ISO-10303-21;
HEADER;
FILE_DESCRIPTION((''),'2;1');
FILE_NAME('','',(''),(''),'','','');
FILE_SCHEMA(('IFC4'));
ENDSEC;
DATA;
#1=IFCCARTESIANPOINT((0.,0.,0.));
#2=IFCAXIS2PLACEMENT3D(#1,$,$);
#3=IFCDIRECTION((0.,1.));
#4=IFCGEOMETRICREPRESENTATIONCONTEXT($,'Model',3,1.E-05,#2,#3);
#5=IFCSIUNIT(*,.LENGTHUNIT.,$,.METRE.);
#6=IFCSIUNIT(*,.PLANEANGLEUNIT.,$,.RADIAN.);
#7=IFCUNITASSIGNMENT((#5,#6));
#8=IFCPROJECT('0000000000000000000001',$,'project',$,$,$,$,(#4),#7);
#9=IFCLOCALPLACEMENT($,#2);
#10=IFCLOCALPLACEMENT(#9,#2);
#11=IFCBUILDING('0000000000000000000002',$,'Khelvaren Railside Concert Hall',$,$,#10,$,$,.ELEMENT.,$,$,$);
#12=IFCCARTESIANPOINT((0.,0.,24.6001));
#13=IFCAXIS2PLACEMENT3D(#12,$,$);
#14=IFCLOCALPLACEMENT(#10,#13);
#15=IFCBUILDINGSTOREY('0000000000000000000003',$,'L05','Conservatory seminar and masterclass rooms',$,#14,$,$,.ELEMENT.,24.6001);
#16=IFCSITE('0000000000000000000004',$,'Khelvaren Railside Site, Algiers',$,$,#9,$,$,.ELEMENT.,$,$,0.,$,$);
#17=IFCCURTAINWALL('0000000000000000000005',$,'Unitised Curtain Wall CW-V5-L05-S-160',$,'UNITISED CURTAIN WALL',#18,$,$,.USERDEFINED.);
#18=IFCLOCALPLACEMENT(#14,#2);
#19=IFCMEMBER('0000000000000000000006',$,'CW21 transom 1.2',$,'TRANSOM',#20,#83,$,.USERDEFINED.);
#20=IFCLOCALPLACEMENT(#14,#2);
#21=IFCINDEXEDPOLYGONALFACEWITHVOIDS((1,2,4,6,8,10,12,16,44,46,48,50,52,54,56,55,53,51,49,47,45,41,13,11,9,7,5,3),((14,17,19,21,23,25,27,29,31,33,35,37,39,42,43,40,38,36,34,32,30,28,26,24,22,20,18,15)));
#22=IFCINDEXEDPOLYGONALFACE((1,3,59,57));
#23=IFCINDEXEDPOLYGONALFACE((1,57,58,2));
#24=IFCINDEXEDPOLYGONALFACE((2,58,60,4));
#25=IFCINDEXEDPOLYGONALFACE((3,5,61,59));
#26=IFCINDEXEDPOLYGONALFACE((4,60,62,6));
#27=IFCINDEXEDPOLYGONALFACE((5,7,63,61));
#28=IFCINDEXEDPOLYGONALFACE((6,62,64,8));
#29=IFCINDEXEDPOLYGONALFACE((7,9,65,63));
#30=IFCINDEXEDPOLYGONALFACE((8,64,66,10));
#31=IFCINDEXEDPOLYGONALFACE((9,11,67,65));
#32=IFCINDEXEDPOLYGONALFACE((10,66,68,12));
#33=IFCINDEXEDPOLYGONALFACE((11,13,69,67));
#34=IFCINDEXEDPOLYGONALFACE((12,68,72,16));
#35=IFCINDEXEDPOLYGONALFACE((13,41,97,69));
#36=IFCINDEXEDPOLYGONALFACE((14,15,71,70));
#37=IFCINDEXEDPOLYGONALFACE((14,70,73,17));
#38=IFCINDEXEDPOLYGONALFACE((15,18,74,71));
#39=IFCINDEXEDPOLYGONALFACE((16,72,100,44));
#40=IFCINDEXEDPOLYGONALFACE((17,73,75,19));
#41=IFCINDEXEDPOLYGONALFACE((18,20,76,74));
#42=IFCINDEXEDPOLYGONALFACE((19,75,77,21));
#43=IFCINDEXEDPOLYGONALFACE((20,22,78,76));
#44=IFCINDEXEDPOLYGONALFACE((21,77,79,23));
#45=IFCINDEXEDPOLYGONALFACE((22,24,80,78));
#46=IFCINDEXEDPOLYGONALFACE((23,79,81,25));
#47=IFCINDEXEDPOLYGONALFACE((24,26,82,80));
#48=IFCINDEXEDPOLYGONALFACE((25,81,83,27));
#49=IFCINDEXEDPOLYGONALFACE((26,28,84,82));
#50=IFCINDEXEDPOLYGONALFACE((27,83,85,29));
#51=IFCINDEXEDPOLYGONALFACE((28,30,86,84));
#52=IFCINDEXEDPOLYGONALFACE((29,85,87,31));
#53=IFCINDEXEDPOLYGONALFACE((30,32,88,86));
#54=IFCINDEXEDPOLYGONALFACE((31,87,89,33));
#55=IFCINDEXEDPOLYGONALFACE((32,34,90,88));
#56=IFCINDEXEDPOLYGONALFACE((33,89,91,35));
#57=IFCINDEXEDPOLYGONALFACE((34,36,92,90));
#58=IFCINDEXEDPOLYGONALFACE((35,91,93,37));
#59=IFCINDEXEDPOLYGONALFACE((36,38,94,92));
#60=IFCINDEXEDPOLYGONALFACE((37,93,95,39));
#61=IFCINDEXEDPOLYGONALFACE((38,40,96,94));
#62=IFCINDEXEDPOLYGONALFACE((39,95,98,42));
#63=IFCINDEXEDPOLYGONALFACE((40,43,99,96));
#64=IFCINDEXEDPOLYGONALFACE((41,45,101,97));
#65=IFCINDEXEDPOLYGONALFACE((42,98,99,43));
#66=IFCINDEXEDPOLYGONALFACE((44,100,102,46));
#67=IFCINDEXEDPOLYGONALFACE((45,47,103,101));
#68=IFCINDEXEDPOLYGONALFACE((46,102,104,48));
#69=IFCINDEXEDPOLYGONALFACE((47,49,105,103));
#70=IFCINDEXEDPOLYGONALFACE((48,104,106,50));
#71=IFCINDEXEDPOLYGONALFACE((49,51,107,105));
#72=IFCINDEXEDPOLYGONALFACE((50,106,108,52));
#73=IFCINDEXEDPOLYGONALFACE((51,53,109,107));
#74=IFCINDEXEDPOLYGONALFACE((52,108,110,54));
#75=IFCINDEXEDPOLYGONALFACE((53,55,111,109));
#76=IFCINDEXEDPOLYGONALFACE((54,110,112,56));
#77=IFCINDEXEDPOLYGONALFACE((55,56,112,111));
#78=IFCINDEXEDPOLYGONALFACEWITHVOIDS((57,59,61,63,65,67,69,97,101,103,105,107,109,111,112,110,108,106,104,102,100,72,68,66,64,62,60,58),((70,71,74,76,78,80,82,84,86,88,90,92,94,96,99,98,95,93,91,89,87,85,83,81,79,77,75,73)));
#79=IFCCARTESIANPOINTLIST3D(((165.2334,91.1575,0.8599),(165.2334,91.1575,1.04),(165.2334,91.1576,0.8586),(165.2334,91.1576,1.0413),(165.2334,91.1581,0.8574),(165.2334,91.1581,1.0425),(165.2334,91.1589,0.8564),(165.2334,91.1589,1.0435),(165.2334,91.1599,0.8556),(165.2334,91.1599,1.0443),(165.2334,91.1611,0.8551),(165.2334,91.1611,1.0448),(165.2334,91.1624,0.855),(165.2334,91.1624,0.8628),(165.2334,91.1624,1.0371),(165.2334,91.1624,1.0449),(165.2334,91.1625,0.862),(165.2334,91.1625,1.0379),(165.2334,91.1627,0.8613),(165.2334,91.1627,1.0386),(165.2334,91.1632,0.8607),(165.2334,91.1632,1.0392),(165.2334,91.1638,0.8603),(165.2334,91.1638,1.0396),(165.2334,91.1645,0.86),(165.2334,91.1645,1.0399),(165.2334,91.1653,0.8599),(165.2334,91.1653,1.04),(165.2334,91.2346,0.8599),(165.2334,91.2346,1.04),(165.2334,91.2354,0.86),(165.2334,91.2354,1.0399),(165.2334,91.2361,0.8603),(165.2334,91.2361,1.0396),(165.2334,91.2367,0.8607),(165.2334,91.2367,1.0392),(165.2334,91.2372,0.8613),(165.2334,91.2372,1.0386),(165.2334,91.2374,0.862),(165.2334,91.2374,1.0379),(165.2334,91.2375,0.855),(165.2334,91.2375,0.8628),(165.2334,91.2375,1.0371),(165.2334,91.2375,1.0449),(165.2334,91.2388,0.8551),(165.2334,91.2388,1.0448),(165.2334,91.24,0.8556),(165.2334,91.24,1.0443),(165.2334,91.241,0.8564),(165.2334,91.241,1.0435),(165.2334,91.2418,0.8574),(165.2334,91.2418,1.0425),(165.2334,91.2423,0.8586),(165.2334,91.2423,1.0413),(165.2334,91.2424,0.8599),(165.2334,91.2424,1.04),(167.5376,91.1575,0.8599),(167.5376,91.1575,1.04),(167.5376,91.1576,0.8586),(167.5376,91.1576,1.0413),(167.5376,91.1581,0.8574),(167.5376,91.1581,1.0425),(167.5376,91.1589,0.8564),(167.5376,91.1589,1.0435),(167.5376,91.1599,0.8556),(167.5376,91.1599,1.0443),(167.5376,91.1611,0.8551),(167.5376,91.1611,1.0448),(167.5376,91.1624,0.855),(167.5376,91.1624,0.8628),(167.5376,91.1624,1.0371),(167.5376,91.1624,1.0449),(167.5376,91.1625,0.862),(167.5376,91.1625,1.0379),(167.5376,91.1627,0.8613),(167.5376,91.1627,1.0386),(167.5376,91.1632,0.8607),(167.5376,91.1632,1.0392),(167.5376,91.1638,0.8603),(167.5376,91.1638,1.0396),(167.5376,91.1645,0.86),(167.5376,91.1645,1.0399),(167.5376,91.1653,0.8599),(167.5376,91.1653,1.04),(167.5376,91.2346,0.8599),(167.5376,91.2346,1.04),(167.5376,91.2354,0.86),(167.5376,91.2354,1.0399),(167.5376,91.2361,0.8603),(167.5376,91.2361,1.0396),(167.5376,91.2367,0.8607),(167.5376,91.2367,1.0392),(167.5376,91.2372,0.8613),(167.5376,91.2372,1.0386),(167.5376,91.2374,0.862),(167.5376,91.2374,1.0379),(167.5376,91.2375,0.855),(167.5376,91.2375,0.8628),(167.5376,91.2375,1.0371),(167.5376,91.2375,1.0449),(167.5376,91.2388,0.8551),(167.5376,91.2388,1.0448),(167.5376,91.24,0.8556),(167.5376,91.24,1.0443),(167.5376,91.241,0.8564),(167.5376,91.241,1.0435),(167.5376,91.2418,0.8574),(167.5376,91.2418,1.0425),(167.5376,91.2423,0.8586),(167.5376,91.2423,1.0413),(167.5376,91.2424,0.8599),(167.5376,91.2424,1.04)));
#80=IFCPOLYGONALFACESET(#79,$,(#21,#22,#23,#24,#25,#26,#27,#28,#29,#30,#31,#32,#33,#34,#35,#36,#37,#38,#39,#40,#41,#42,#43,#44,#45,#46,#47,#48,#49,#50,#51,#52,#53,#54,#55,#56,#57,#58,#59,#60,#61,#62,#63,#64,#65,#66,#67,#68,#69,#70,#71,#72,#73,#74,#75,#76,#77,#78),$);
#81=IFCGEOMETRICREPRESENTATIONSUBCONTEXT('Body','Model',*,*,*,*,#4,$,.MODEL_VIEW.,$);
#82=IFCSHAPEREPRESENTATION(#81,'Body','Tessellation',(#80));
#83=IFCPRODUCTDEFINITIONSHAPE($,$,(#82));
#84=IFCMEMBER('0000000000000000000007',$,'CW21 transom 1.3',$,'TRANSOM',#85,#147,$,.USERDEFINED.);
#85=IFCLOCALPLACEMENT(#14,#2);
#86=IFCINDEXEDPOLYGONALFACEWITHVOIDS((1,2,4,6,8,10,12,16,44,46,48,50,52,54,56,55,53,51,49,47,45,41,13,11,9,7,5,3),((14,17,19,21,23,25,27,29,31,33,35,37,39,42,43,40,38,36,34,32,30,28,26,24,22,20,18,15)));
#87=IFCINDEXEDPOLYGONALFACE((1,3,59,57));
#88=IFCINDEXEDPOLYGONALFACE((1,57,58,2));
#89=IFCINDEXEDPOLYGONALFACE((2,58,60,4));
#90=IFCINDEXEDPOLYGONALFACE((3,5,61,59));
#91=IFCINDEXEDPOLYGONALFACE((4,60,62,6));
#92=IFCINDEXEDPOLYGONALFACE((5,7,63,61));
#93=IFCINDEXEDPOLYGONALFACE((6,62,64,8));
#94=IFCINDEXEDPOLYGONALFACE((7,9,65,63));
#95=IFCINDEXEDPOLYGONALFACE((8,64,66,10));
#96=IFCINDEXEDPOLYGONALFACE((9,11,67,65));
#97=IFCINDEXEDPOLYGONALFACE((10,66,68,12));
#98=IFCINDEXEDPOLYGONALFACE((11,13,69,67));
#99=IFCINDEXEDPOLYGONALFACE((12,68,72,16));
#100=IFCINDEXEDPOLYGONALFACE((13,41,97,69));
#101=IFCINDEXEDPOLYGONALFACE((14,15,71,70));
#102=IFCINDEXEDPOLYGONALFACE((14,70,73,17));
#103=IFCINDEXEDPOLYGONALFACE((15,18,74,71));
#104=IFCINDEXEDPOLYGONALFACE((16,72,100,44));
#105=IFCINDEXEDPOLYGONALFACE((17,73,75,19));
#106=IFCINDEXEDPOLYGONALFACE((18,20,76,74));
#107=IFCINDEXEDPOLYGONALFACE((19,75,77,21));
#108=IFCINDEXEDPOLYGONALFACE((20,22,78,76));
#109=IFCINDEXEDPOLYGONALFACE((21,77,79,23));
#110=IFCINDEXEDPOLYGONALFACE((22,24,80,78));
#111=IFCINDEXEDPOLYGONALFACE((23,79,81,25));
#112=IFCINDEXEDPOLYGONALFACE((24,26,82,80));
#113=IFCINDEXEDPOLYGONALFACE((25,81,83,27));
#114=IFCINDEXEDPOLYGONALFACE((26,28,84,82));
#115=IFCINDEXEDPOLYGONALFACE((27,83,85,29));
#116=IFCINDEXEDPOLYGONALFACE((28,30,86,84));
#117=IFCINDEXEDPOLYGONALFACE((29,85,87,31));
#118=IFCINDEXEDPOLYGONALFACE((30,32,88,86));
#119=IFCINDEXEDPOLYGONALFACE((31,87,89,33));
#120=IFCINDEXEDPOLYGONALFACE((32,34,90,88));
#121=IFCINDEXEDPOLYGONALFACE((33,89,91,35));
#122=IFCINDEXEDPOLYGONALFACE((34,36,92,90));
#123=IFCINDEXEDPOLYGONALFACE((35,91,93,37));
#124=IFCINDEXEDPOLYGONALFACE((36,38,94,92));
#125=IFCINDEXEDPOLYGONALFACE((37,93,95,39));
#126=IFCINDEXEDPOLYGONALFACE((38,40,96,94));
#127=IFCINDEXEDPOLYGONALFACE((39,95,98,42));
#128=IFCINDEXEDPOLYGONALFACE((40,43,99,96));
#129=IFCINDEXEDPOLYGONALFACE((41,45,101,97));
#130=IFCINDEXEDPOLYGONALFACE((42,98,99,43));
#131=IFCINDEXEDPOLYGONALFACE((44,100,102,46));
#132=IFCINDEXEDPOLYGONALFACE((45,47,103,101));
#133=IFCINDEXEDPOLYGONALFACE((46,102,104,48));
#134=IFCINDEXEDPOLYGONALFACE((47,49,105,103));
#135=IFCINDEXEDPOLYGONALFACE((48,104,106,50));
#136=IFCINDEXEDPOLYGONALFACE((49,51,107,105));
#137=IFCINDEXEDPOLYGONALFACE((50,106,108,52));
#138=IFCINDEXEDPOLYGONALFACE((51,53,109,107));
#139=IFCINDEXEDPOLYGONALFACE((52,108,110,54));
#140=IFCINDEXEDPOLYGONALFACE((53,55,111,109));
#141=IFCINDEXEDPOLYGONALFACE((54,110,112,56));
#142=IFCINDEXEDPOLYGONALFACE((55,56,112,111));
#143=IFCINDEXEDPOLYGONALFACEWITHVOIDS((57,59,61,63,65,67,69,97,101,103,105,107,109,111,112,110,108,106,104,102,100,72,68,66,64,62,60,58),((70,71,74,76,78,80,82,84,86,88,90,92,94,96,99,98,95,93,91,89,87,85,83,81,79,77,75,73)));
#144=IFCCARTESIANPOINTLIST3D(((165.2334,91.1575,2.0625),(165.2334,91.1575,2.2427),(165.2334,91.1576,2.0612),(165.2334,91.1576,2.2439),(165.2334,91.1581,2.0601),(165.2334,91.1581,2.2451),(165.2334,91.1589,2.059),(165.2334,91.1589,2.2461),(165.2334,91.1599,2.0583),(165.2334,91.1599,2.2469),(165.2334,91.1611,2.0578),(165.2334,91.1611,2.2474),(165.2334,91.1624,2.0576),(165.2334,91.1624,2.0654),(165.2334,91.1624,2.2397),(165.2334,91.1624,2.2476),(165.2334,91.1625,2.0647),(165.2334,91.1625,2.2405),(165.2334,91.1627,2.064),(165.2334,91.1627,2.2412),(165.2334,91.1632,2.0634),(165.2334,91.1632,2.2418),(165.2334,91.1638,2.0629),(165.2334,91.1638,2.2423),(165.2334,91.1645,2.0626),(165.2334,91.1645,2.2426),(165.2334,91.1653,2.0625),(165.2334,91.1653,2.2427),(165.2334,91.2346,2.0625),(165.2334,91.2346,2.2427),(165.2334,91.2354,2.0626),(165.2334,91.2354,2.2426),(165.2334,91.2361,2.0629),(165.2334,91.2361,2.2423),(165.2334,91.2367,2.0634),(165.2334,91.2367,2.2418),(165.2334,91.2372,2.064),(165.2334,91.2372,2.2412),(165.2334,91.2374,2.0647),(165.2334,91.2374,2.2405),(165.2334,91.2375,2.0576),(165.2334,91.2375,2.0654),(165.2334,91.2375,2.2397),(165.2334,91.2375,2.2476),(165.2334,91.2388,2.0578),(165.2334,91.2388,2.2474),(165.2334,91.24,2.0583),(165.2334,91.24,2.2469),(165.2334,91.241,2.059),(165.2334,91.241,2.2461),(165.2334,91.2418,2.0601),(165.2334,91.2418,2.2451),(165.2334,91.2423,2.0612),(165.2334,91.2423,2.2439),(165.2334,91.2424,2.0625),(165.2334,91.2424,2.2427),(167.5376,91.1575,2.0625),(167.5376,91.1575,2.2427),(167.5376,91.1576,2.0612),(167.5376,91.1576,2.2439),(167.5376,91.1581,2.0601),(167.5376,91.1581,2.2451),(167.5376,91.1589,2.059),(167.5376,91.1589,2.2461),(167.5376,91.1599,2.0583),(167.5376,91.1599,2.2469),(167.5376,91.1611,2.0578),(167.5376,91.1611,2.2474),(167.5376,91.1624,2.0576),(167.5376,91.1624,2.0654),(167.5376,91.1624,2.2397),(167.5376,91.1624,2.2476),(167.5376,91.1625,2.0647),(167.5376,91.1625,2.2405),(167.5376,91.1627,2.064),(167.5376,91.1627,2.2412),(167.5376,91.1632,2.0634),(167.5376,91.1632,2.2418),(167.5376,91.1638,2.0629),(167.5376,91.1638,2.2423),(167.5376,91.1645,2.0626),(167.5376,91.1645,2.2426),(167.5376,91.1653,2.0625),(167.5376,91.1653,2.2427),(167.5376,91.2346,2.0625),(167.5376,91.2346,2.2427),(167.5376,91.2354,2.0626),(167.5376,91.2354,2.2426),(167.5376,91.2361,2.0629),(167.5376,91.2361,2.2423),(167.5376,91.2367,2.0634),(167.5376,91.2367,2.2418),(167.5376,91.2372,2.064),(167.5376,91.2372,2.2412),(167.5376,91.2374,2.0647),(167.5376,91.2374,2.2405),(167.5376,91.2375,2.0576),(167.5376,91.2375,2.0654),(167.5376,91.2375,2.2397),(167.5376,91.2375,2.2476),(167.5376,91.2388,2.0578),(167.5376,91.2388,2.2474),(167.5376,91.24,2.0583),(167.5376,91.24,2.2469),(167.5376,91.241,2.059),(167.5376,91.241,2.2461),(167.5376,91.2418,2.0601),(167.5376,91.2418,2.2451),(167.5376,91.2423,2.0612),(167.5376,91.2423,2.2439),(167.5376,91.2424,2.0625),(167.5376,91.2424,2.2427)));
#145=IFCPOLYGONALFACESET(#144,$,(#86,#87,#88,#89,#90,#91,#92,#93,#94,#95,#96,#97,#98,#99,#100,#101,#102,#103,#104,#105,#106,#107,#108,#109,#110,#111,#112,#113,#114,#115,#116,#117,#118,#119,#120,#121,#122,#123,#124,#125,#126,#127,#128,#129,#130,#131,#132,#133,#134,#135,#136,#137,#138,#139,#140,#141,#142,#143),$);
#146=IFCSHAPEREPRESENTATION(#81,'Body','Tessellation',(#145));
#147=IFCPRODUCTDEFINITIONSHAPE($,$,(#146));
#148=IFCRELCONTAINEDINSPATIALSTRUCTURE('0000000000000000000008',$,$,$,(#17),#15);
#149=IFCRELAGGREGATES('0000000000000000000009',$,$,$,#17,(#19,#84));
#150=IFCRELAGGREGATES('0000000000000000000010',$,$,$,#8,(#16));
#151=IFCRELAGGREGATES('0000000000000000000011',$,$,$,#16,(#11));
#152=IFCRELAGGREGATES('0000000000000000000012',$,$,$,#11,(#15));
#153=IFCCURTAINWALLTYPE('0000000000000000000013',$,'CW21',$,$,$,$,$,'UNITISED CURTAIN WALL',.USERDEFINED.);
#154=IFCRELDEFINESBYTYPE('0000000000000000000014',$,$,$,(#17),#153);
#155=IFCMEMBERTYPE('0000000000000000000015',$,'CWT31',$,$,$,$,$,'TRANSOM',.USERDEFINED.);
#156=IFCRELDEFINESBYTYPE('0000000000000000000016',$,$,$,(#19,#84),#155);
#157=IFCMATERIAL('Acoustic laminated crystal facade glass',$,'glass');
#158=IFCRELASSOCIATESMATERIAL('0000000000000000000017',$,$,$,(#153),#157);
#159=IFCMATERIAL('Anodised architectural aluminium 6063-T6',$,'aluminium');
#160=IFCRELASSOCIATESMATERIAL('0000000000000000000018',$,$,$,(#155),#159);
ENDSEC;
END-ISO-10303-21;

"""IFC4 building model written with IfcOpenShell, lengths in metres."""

from ifc_helpers import new_model, si_unit, direction, frame, origin, origin_2d, place, context, subcontext, project, spatial, hollow_rectangle, extrude, material, material_profile, profile_set, type_object, element, aggregate, save


model = new_model("IFC4")

# Units and contexts
model_context = context("Model", 3, precision=1e-05, world=origin(), true_north=direction((0.0, 1.0)))
body_context = subcontext(model_context, "Body", "Model", "MODEL_VIEW")
ifc_project = project(units=[si_unit("LENGTHUNIT", "METRE"), si_unit("PLANEANGLEUNIT", "RADIAN")], contexts=[model_context])

# Site, building, storey
site_placement = place(None, origin())
site = spatial("IfcSite", under=ifc_project, at=site_placement, Name="Khelvaren Railside Site, Algiers", CompositionType="ELEMENT", RefElevation=0.0)
building_placement = place(site_placement, origin())
building = spatial("IfcBuilding", under=site, at=building_placement, Name="Khelvaren Railside Concert Hall", CompositionType="ELEMENT")
storey_placement = place(building_placement, frame((0.0, 0.0, 24.6001)))
storey = spatial("IfcBuildingStorey", under=building, at=storey_placement, Name="L05", Description="Conservatory seminar and masterclass rooms", CompositionType="ELEMENT", Elevation=24.6001)

# Curtain wall, members
ifc_material_1 = material(Name="Acoustic laminated crystal facade glass", Category="glass")
curtain_wall_type = type_object("IfcCurtainWallType", Name="CW21", ElementType="UNITISED CURTAIN WALL", PredefinedType="USERDEFINED", material=ifc_material_1)
curtain_wall_placement = place(storey_placement, origin())
curtain_wall = element("IfcCurtainWall", 1, at=curtain_wall_placement, inside=storey, type_object=curtain_wall_type, Name="Unitised Curtain Wall CW-V5-L05-S-160", ObjectType="UNITISED CURTAIN WALL", PredefinedType="USERDEFINED")
ifc_material_2 = material(Name="Anodised architectural aluminium 6063-T6", Category="aluminium")
ifc_material_profile_1 = material_profile(ifc_material_2, hollow_rectangle(XDim=0.085, YDim=0.1899, WallThickness=0.0049, InnerFilletRadius=0.0029, OuterFilletRadius=0.0049, at=origin_2d()), Name="CWT 85x190x5")
ifc_profile_set_1 = profile_set([ifc_material_profile_1], Name="Anodised architectural aluminium 6063-T6")
member_type_1 = type_object("IfcMemberType", Name="CWT31", ElementType="TRANSOM", PredefinedType="USERDEFINED", material=ifc_profile_set_1)
member_1_placement = place(storey_placement, frame((167.5376, 91.2, 0.95), z_axis=(-1.0, 0.0, 0.0), x_axis=(0.0, -1.0, 0.0)))
member_1 = element("IfcMember", 2, at=member_1_placement, type_object=member_type_1, Name="CW21 transom 1.2", ObjectType="TRANSOM", PredefinedType="USERDEFINED", context=body_context, shape_type="SweptSolid", body=[
    extrude(hollow_rectangle(XDim=0.085, YDim=0.1899, WallThickness=0.0049, InnerFilletRadius=0.0029, OuterFilletRadius=0.0049, at=origin_2d()), origin(), (0.0, 0.0, 1.0), 2.3042),
])
member_2_placement = place(storey_placement, frame((167.5376, 91.2, 2.1526), z_axis=(-1.0, 0.0, 0.0), x_axis=(0.0, -1.0, 0.0)))
member_2 = element("IfcMember", 3, at=member_2_placement, type_object=member_type_1, Name="CW21 transom 1.3", ObjectType="TRANSOM", PredefinedType="USERDEFINED", context=body_context, shape_type="SweptSolid", body=[
    extrude(hollow_rectangle(XDim=0.085, YDim=0.1899, WallThickness=0.0049, InnerFilletRadius=0.0029, OuterFilletRadius=0.0049, at=origin_2d()), origin(), (0.0, 0.0, 1.0), 2.3042),
])

aggregate(curtain_wall, [member_1, member_2])

save(model, "model.ifc")
